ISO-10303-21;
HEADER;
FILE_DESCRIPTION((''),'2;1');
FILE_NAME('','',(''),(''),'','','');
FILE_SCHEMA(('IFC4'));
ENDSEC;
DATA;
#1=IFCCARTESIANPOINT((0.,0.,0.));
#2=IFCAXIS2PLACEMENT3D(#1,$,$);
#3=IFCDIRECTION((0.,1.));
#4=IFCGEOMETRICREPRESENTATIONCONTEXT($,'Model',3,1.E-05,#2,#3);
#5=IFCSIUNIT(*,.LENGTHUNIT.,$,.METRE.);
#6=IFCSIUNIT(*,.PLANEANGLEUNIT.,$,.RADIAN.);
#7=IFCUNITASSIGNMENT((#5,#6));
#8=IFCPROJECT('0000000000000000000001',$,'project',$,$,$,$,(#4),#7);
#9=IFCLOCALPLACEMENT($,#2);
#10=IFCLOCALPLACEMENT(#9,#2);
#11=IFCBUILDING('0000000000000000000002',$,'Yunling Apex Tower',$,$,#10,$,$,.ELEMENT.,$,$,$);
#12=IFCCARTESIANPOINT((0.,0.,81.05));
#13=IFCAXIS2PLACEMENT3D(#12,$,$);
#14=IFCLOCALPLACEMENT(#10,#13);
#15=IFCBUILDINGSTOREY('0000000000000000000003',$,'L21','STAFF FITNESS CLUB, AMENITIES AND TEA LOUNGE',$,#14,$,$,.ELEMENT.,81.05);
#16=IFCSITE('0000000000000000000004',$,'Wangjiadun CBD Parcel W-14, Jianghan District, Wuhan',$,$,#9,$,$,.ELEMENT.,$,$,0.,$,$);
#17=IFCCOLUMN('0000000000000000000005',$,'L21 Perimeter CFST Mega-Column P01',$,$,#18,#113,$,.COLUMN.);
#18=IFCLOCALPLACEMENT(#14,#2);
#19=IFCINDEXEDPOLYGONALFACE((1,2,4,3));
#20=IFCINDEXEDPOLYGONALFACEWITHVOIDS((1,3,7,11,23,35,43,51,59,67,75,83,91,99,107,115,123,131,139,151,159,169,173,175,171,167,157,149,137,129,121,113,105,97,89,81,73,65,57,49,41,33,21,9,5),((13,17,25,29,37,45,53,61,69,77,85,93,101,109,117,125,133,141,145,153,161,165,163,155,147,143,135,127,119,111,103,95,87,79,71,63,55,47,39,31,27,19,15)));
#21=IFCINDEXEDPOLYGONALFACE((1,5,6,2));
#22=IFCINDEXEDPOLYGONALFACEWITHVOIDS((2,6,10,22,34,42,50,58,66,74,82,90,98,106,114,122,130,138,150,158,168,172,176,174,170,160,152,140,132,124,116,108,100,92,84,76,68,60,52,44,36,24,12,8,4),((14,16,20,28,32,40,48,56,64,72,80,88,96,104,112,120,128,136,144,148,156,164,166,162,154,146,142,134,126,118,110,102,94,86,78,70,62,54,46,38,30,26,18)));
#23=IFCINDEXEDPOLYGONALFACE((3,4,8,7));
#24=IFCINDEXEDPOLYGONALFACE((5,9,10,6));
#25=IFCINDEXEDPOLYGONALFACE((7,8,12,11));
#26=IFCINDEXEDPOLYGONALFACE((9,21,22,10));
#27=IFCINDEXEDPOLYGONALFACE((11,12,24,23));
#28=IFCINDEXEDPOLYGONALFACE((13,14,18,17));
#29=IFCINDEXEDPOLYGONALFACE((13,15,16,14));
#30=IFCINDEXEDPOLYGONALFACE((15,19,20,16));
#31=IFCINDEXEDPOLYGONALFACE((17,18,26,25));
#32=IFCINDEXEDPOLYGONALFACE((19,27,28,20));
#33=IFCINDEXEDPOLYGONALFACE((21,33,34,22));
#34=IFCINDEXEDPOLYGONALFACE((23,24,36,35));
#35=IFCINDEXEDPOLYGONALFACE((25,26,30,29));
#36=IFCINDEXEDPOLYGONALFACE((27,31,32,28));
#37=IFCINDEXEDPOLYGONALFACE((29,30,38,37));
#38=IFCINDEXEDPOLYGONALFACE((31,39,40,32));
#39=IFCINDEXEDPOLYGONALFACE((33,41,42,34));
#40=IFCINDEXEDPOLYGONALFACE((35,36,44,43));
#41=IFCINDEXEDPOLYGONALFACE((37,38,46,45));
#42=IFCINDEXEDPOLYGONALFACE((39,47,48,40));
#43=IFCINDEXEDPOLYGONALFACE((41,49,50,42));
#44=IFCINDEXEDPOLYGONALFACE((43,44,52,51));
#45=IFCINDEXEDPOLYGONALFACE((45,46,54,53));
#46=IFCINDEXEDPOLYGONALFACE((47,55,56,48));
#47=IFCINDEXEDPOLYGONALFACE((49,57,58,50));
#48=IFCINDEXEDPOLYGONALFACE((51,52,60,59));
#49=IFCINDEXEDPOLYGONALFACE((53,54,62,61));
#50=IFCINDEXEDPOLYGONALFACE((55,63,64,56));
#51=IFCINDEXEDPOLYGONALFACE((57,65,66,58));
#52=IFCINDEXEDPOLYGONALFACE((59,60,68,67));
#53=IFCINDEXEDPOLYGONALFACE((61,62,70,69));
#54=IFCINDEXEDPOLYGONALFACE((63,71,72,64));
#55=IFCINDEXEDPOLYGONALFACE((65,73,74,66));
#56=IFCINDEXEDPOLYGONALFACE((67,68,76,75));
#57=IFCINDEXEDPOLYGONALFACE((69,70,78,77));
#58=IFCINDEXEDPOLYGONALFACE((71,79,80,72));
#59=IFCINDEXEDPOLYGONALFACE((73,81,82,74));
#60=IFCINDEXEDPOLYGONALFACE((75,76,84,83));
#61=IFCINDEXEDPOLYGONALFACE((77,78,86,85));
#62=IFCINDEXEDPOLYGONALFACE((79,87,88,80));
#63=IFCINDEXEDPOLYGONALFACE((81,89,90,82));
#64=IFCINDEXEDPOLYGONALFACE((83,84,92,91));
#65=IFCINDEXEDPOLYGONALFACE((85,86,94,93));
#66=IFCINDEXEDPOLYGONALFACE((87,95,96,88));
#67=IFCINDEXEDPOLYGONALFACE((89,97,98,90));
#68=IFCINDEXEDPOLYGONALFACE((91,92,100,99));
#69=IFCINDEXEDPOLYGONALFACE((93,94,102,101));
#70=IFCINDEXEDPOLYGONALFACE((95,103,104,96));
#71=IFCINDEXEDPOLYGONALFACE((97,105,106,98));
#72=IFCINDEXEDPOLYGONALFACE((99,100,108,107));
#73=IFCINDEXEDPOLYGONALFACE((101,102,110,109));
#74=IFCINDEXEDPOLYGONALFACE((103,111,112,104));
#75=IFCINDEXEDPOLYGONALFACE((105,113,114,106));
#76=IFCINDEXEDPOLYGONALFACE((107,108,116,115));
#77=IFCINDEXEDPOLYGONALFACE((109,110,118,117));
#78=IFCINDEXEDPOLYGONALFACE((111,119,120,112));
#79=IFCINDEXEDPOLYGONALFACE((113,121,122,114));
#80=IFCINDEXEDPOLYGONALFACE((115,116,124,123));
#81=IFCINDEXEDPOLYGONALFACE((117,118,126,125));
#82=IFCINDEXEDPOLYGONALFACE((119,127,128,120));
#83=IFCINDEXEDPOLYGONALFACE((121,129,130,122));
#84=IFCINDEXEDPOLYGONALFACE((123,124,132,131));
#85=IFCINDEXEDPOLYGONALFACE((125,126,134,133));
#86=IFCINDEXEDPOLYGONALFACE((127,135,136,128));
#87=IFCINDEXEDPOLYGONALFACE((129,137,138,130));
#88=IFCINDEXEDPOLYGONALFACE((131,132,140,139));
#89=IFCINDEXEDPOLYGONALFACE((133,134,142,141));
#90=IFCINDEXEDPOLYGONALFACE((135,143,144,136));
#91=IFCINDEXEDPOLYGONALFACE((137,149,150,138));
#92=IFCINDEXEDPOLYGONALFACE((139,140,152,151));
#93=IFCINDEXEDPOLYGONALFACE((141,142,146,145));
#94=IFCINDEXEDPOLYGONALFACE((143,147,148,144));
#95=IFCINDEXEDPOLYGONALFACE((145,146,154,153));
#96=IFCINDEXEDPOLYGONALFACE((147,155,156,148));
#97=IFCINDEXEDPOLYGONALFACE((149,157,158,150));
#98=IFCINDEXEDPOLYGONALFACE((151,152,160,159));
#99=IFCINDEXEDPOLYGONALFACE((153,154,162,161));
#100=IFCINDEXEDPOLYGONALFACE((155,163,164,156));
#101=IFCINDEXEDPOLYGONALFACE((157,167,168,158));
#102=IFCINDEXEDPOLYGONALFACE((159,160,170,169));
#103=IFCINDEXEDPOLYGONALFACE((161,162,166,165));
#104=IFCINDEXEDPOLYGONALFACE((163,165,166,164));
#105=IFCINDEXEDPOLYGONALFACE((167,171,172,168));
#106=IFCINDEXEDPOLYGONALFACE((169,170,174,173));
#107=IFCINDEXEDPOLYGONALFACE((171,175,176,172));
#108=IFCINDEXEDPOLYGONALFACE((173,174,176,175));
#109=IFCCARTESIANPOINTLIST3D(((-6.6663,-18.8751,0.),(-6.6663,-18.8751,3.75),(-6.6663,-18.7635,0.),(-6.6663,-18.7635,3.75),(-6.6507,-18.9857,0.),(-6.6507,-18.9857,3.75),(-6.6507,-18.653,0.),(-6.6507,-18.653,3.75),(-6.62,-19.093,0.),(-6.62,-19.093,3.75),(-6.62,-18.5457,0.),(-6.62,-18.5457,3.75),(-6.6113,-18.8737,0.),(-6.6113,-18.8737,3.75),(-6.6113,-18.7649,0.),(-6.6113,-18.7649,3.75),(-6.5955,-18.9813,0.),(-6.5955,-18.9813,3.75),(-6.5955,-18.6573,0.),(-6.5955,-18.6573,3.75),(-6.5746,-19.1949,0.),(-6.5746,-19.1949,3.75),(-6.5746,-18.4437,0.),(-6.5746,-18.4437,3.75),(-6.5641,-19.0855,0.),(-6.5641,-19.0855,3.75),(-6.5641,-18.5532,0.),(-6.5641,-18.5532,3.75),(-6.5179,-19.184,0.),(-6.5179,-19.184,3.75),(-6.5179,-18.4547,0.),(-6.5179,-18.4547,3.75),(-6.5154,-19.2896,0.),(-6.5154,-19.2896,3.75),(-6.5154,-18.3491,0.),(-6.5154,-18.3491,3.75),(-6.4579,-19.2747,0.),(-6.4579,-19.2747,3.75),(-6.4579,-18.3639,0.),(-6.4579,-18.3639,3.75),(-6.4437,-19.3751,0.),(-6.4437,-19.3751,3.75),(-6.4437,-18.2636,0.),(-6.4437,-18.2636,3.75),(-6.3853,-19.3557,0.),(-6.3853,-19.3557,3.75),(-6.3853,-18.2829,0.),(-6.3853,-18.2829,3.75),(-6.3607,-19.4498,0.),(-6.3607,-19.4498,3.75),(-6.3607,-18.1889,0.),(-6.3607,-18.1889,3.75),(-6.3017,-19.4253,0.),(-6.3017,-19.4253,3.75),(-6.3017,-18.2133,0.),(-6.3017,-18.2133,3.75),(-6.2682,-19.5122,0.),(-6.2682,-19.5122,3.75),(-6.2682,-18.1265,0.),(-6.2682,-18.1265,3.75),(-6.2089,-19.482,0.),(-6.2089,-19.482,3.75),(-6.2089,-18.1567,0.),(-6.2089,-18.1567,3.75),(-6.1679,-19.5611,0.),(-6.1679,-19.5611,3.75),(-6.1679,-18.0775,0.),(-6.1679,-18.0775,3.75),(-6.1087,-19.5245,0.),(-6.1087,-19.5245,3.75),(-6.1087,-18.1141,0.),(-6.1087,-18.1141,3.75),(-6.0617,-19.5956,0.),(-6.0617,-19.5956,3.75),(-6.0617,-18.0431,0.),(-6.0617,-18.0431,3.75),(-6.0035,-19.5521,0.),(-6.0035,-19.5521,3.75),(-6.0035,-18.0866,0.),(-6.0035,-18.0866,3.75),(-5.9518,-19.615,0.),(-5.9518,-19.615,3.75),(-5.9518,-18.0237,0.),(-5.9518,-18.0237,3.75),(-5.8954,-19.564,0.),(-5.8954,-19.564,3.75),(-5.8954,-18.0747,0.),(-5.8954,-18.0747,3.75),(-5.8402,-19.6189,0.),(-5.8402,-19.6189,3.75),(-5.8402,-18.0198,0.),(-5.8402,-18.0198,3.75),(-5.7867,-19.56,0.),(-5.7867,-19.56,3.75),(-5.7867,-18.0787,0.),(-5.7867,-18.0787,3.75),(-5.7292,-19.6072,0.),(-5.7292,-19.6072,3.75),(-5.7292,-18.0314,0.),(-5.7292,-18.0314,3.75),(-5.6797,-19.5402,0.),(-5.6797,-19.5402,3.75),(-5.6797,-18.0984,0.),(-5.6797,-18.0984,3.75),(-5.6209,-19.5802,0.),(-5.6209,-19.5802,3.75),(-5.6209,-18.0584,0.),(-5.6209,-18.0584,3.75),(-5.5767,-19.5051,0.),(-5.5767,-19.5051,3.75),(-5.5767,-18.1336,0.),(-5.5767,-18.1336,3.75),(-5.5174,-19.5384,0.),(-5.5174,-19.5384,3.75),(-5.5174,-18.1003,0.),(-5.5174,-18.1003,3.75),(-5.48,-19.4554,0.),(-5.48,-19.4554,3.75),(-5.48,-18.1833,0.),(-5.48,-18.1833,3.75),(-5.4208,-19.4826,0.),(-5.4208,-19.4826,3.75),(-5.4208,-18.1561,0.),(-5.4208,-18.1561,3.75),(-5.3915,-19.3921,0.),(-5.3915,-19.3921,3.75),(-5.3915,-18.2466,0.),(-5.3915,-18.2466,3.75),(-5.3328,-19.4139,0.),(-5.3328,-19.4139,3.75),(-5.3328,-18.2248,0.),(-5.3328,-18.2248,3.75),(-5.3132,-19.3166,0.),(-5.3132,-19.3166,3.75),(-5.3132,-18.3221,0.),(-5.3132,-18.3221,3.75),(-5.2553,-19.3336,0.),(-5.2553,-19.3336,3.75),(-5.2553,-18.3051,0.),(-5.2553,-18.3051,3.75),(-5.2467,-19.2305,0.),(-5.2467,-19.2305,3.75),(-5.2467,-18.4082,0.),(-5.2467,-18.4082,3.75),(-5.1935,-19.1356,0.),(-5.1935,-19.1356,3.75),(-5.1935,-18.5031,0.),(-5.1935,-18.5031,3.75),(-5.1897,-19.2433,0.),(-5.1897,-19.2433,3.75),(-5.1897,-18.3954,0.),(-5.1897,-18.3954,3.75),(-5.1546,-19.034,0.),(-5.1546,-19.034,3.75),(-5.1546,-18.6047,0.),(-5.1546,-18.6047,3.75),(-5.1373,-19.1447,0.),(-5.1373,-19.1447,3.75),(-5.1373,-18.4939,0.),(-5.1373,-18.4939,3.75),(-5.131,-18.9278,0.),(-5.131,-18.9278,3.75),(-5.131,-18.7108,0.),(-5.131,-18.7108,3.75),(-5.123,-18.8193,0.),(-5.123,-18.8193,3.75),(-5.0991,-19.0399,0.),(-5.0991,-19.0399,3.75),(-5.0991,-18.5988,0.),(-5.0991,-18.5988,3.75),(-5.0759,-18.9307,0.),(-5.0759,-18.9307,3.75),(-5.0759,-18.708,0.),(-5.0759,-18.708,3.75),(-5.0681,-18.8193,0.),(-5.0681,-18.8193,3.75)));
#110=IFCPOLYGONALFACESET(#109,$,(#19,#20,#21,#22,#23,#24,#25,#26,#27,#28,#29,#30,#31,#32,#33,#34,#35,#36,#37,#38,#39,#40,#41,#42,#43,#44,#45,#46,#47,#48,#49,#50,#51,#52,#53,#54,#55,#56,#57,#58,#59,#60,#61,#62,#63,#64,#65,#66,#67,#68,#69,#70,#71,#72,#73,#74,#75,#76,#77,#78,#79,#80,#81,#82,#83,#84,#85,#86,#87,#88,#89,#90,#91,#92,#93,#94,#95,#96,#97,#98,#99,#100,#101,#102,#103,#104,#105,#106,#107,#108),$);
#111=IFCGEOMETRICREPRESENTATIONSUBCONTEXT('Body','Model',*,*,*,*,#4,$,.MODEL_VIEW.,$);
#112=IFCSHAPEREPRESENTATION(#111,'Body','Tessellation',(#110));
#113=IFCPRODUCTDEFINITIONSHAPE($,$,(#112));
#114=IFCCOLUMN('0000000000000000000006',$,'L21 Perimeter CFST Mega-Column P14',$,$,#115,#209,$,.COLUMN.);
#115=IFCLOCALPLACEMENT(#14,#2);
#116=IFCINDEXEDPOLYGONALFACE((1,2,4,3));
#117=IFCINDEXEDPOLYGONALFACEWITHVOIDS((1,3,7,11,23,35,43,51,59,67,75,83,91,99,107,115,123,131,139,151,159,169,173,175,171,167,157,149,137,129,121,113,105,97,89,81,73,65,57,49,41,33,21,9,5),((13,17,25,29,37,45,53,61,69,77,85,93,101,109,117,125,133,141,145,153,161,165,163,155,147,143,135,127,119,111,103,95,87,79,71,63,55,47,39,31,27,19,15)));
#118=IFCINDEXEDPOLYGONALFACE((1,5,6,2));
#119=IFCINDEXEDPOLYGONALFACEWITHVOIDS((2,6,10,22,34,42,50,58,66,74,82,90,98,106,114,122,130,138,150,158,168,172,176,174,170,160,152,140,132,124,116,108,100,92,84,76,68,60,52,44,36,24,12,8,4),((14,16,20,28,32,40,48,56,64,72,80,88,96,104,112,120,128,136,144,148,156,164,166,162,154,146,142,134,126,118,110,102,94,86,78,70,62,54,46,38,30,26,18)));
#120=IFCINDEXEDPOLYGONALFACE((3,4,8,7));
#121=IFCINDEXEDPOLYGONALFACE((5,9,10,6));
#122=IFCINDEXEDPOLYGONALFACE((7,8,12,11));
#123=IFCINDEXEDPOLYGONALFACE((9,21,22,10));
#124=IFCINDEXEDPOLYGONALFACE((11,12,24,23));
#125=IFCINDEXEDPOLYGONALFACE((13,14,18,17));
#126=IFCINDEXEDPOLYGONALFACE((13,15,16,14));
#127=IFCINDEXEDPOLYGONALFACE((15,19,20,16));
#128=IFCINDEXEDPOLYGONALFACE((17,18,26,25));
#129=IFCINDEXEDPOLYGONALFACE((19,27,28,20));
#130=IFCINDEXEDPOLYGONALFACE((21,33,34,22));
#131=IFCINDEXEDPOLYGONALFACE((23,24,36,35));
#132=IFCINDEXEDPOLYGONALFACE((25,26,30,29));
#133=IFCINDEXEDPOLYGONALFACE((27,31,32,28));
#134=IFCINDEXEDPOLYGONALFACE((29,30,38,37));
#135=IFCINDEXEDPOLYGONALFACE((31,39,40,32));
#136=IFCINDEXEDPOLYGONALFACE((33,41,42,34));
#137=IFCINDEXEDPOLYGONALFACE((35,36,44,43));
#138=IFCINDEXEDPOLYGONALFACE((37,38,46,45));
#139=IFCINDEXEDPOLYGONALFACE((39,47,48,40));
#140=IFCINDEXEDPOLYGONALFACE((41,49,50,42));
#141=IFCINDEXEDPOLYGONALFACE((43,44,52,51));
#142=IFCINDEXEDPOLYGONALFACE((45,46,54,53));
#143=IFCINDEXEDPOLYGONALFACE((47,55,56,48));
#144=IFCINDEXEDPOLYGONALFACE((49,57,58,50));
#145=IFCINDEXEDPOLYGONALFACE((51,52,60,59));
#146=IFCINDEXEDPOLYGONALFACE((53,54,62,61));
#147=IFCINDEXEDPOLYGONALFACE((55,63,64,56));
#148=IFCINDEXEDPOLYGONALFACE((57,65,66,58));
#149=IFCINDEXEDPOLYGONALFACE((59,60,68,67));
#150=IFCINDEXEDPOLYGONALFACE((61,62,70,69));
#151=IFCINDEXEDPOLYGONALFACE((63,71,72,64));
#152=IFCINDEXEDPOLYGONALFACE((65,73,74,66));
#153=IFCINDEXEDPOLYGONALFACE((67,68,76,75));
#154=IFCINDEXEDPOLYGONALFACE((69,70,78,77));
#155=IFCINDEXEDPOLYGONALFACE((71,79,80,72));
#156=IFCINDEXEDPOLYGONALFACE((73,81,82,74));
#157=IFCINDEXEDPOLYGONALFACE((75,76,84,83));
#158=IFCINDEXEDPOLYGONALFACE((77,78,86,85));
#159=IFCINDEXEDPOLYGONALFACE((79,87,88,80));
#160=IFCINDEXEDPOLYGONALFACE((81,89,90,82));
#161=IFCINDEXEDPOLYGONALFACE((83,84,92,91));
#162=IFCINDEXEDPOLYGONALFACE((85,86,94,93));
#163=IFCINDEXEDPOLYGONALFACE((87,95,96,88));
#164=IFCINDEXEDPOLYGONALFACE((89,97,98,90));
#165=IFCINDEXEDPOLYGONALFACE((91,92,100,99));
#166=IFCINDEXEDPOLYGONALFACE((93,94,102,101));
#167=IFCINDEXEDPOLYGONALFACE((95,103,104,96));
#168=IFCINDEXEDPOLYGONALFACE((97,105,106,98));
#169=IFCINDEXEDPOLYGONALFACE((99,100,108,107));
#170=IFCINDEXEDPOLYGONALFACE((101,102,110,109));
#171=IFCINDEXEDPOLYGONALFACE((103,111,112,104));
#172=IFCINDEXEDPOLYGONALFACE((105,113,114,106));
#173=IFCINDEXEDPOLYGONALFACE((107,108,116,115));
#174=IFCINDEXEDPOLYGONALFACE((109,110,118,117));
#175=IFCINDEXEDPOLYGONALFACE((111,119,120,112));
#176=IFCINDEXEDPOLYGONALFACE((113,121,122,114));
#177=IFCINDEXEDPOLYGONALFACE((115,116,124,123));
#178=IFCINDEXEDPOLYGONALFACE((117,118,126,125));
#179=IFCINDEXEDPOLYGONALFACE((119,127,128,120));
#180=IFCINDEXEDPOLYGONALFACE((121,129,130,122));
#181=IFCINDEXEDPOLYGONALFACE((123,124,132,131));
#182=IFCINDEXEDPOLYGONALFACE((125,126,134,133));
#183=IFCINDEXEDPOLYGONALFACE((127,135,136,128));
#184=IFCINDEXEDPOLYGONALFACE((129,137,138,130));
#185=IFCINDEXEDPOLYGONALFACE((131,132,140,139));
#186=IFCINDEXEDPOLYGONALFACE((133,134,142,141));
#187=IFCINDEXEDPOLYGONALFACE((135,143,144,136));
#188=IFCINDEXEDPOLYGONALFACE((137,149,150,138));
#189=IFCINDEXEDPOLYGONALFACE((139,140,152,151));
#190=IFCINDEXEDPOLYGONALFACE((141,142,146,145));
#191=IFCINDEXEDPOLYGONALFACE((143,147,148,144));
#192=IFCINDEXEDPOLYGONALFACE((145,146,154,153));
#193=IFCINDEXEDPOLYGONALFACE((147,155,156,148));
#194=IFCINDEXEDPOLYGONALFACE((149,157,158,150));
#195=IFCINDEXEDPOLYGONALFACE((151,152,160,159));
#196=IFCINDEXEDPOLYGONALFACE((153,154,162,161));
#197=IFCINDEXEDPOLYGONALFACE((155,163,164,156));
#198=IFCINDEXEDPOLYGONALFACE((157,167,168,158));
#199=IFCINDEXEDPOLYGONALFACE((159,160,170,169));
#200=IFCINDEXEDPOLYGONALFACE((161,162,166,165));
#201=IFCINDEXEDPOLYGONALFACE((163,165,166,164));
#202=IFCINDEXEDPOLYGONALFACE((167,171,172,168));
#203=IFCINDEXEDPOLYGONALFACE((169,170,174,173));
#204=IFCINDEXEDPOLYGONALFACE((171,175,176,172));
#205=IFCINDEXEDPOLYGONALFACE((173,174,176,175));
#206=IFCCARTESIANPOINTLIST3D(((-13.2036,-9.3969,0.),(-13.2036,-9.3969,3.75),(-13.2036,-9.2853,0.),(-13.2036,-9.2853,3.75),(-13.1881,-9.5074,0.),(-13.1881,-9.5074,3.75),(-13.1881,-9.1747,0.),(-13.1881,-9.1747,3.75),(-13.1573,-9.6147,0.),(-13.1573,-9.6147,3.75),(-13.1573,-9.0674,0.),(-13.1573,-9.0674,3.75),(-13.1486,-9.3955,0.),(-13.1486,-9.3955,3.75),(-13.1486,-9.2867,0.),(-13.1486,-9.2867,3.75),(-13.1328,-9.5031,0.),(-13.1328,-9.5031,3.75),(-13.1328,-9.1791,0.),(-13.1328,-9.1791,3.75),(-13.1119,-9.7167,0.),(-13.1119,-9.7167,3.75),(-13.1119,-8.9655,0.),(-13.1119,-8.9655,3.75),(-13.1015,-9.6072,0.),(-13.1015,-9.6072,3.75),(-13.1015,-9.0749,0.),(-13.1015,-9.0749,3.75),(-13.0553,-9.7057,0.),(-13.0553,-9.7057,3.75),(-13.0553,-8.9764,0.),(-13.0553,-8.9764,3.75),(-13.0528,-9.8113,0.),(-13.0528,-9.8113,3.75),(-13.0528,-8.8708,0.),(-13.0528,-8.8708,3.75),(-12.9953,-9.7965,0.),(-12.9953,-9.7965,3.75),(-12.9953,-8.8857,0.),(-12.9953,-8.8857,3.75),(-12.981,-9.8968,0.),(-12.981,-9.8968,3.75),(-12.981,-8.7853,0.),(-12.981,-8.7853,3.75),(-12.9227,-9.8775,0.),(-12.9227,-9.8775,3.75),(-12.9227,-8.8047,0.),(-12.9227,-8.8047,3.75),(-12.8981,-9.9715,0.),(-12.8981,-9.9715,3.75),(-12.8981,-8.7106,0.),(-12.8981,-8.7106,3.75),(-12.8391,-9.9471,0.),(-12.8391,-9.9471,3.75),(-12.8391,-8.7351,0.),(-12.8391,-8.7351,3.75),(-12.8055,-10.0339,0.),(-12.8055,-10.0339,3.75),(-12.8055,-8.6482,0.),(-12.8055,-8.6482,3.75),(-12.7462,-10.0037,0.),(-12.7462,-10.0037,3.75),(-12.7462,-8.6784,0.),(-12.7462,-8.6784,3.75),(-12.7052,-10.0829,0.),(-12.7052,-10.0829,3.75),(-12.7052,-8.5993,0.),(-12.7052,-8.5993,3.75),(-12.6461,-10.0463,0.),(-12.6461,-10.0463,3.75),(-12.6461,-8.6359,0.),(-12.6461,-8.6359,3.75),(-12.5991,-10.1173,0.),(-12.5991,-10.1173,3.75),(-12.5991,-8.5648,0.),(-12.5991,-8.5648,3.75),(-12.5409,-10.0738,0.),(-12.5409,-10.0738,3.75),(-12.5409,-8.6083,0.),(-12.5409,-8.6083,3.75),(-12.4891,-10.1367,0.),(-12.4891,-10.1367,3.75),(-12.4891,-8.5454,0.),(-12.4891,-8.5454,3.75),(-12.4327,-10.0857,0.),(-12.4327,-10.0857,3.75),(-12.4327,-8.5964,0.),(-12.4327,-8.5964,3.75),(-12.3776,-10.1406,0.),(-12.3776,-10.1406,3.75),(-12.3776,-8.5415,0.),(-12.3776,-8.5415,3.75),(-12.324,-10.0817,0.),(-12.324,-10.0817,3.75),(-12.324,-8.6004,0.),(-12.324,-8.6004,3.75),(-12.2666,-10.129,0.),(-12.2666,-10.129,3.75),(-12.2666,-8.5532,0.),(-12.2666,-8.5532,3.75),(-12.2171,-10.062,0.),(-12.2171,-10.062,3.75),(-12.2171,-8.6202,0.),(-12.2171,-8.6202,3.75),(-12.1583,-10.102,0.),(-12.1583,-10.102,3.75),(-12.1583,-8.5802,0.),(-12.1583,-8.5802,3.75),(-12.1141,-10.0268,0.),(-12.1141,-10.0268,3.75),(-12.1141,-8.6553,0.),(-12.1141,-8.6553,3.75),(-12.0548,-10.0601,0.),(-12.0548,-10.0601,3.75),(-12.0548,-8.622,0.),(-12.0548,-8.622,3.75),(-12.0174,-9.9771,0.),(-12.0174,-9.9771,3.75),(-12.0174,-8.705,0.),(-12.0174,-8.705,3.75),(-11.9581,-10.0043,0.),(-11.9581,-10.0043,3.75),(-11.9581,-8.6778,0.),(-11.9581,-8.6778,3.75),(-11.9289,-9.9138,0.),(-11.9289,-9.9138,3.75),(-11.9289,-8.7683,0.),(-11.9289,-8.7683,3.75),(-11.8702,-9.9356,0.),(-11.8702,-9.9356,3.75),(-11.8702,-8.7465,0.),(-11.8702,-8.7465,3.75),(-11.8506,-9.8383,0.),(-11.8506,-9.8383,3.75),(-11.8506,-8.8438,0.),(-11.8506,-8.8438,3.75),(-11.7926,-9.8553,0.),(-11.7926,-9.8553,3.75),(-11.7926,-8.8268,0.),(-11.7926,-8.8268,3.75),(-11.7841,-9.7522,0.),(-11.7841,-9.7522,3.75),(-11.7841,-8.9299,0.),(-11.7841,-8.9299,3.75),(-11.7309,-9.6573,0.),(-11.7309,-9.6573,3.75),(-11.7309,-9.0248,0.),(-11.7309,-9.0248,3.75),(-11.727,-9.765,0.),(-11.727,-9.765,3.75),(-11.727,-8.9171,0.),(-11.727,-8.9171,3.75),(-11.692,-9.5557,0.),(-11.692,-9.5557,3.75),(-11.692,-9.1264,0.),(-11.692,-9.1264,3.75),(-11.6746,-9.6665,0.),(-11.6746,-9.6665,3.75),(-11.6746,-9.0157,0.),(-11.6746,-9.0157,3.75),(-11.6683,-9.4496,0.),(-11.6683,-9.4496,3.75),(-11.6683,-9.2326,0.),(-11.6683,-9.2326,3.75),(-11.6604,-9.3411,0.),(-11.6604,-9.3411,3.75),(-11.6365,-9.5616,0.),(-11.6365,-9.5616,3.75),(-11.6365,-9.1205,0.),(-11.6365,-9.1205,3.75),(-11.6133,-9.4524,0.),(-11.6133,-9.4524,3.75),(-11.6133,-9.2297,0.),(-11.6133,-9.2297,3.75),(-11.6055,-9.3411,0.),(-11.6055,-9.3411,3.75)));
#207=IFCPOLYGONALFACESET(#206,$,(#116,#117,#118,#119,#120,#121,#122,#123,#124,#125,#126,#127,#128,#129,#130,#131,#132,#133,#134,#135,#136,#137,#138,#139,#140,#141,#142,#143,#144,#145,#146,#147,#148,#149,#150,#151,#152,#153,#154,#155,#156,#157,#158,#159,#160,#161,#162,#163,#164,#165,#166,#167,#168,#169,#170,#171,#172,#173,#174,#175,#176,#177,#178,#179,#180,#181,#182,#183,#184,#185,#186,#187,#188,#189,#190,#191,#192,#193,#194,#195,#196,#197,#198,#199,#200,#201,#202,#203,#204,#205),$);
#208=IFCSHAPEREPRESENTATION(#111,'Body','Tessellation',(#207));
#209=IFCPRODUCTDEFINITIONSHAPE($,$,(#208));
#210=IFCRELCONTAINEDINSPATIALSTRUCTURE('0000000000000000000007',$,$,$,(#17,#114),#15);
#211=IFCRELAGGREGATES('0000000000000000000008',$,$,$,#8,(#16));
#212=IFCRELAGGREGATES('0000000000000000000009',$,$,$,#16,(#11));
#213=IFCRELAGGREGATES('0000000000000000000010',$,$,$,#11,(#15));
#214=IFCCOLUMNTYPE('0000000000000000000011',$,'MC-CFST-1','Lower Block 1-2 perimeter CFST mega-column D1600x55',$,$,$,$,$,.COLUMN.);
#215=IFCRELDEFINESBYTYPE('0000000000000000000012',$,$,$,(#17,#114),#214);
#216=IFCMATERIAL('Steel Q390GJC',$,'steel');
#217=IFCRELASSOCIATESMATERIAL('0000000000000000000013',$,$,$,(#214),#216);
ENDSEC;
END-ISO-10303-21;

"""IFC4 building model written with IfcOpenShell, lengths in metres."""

from ifc_helpers import new_model, si_unit, direction, frame, origin, origin_2d, place, context, subcontext, project, spatial, hollow_circle, extrude, source, transform, mapped, material, material_profile, profile_set, type_object, element, save


model = new_model("IFC4")

# Units and contexts
model_context = context("Model", 3, precision=1e-05, world=origin(), true_north=direction((0.0, 1.0)))
body_context = subcontext(model_context, "Body", "Model", "MODEL_VIEW")
ifc_project = project(units=[si_unit("LENGTHUNIT", "METRE"), si_unit("PLANEANGLEUNIT", "RADIAN")], contexts=[model_context])

# Site, building, storey
site_placement = place(None, origin())
site = spatial("IfcSite", under=ifc_project, at=site_placement, Name="Wangjiadun CBD Parcel W-14, Jianghan District, Wuhan", CompositionType="ELEMENT", RefElevation=0.0)
building_placement = place(site_placement, origin())
building = spatial("IfcBuilding", under=site, at=building_placement, Name="Yunling Apex Tower", CompositionType="ELEMENT")
storey_placement = place(building_placement, frame((0.0, 0.0, 81.05)))
storey = spatial("IfcBuildingStorey", under=building, at=storey_placement, Name="L21", Description="STAFF FITNESS CLUB, AMENITIES AND TEA LOUNGE", CompositionType="ELEMENT", Elevation=81.05)

# Columns
ifc_material_1 = material(Name="Steel Q390GJC", Category="steel")
ifc_material_profile_1 = material_profile(ifc_material_1, hollow_circle(Radius=0.8, WallThickness=0.0549, at=origin_2d()))
ifc_profile_set_1 = profile_set([ifc_material_profile_1], Name="Steel Q390GJC")
column_type = type_object("IfcColumnType", Name="MC-CFST-1", Description="Lower Block 1-2 perimeter CFST mega-column D1600x55", PredefinedType="COLUMN", material=ifc_profile_set_1)
shared_shape_1 = source(origin(), body_context, "Body", "SweptSolid", [
    extrude(hollow_circle(Radius=0.8, WallThickness=0.0549, at=origin_2d()), origin(), (0.0, 0.0, 1.0), 3.75),
])
for number, where, z_axis, x_axis, name in (
    (1, (-5.8682, -18.8193, 0.0), (0.0, 0.0, 1.0), (1.0, 0.0, 0.0), "L21 Perimeter CFST Mega-Column P01"),
    (2, (-12.4055, -9.3411, 0.0), (0.0, 0.0, 1.0), (1.0, 0.0, 0.0), "L21 Perimeter CFST Mega-Column P14"),
):
    element("IfcColumn", number, at=place(storey_placement, frame(where, z_axis=z_axis, x_axis=x_axis)), inside=storey, type_object=column_type, Name=name, PredefinedType="COLUMN", context=body_context, shape_type="MappedRepresentation", body=[
        mapped(shared_shape_1, transform((0.0, 0.0, 0.0), scale=1.0)),
    ])

save(model, "model.ifc")
